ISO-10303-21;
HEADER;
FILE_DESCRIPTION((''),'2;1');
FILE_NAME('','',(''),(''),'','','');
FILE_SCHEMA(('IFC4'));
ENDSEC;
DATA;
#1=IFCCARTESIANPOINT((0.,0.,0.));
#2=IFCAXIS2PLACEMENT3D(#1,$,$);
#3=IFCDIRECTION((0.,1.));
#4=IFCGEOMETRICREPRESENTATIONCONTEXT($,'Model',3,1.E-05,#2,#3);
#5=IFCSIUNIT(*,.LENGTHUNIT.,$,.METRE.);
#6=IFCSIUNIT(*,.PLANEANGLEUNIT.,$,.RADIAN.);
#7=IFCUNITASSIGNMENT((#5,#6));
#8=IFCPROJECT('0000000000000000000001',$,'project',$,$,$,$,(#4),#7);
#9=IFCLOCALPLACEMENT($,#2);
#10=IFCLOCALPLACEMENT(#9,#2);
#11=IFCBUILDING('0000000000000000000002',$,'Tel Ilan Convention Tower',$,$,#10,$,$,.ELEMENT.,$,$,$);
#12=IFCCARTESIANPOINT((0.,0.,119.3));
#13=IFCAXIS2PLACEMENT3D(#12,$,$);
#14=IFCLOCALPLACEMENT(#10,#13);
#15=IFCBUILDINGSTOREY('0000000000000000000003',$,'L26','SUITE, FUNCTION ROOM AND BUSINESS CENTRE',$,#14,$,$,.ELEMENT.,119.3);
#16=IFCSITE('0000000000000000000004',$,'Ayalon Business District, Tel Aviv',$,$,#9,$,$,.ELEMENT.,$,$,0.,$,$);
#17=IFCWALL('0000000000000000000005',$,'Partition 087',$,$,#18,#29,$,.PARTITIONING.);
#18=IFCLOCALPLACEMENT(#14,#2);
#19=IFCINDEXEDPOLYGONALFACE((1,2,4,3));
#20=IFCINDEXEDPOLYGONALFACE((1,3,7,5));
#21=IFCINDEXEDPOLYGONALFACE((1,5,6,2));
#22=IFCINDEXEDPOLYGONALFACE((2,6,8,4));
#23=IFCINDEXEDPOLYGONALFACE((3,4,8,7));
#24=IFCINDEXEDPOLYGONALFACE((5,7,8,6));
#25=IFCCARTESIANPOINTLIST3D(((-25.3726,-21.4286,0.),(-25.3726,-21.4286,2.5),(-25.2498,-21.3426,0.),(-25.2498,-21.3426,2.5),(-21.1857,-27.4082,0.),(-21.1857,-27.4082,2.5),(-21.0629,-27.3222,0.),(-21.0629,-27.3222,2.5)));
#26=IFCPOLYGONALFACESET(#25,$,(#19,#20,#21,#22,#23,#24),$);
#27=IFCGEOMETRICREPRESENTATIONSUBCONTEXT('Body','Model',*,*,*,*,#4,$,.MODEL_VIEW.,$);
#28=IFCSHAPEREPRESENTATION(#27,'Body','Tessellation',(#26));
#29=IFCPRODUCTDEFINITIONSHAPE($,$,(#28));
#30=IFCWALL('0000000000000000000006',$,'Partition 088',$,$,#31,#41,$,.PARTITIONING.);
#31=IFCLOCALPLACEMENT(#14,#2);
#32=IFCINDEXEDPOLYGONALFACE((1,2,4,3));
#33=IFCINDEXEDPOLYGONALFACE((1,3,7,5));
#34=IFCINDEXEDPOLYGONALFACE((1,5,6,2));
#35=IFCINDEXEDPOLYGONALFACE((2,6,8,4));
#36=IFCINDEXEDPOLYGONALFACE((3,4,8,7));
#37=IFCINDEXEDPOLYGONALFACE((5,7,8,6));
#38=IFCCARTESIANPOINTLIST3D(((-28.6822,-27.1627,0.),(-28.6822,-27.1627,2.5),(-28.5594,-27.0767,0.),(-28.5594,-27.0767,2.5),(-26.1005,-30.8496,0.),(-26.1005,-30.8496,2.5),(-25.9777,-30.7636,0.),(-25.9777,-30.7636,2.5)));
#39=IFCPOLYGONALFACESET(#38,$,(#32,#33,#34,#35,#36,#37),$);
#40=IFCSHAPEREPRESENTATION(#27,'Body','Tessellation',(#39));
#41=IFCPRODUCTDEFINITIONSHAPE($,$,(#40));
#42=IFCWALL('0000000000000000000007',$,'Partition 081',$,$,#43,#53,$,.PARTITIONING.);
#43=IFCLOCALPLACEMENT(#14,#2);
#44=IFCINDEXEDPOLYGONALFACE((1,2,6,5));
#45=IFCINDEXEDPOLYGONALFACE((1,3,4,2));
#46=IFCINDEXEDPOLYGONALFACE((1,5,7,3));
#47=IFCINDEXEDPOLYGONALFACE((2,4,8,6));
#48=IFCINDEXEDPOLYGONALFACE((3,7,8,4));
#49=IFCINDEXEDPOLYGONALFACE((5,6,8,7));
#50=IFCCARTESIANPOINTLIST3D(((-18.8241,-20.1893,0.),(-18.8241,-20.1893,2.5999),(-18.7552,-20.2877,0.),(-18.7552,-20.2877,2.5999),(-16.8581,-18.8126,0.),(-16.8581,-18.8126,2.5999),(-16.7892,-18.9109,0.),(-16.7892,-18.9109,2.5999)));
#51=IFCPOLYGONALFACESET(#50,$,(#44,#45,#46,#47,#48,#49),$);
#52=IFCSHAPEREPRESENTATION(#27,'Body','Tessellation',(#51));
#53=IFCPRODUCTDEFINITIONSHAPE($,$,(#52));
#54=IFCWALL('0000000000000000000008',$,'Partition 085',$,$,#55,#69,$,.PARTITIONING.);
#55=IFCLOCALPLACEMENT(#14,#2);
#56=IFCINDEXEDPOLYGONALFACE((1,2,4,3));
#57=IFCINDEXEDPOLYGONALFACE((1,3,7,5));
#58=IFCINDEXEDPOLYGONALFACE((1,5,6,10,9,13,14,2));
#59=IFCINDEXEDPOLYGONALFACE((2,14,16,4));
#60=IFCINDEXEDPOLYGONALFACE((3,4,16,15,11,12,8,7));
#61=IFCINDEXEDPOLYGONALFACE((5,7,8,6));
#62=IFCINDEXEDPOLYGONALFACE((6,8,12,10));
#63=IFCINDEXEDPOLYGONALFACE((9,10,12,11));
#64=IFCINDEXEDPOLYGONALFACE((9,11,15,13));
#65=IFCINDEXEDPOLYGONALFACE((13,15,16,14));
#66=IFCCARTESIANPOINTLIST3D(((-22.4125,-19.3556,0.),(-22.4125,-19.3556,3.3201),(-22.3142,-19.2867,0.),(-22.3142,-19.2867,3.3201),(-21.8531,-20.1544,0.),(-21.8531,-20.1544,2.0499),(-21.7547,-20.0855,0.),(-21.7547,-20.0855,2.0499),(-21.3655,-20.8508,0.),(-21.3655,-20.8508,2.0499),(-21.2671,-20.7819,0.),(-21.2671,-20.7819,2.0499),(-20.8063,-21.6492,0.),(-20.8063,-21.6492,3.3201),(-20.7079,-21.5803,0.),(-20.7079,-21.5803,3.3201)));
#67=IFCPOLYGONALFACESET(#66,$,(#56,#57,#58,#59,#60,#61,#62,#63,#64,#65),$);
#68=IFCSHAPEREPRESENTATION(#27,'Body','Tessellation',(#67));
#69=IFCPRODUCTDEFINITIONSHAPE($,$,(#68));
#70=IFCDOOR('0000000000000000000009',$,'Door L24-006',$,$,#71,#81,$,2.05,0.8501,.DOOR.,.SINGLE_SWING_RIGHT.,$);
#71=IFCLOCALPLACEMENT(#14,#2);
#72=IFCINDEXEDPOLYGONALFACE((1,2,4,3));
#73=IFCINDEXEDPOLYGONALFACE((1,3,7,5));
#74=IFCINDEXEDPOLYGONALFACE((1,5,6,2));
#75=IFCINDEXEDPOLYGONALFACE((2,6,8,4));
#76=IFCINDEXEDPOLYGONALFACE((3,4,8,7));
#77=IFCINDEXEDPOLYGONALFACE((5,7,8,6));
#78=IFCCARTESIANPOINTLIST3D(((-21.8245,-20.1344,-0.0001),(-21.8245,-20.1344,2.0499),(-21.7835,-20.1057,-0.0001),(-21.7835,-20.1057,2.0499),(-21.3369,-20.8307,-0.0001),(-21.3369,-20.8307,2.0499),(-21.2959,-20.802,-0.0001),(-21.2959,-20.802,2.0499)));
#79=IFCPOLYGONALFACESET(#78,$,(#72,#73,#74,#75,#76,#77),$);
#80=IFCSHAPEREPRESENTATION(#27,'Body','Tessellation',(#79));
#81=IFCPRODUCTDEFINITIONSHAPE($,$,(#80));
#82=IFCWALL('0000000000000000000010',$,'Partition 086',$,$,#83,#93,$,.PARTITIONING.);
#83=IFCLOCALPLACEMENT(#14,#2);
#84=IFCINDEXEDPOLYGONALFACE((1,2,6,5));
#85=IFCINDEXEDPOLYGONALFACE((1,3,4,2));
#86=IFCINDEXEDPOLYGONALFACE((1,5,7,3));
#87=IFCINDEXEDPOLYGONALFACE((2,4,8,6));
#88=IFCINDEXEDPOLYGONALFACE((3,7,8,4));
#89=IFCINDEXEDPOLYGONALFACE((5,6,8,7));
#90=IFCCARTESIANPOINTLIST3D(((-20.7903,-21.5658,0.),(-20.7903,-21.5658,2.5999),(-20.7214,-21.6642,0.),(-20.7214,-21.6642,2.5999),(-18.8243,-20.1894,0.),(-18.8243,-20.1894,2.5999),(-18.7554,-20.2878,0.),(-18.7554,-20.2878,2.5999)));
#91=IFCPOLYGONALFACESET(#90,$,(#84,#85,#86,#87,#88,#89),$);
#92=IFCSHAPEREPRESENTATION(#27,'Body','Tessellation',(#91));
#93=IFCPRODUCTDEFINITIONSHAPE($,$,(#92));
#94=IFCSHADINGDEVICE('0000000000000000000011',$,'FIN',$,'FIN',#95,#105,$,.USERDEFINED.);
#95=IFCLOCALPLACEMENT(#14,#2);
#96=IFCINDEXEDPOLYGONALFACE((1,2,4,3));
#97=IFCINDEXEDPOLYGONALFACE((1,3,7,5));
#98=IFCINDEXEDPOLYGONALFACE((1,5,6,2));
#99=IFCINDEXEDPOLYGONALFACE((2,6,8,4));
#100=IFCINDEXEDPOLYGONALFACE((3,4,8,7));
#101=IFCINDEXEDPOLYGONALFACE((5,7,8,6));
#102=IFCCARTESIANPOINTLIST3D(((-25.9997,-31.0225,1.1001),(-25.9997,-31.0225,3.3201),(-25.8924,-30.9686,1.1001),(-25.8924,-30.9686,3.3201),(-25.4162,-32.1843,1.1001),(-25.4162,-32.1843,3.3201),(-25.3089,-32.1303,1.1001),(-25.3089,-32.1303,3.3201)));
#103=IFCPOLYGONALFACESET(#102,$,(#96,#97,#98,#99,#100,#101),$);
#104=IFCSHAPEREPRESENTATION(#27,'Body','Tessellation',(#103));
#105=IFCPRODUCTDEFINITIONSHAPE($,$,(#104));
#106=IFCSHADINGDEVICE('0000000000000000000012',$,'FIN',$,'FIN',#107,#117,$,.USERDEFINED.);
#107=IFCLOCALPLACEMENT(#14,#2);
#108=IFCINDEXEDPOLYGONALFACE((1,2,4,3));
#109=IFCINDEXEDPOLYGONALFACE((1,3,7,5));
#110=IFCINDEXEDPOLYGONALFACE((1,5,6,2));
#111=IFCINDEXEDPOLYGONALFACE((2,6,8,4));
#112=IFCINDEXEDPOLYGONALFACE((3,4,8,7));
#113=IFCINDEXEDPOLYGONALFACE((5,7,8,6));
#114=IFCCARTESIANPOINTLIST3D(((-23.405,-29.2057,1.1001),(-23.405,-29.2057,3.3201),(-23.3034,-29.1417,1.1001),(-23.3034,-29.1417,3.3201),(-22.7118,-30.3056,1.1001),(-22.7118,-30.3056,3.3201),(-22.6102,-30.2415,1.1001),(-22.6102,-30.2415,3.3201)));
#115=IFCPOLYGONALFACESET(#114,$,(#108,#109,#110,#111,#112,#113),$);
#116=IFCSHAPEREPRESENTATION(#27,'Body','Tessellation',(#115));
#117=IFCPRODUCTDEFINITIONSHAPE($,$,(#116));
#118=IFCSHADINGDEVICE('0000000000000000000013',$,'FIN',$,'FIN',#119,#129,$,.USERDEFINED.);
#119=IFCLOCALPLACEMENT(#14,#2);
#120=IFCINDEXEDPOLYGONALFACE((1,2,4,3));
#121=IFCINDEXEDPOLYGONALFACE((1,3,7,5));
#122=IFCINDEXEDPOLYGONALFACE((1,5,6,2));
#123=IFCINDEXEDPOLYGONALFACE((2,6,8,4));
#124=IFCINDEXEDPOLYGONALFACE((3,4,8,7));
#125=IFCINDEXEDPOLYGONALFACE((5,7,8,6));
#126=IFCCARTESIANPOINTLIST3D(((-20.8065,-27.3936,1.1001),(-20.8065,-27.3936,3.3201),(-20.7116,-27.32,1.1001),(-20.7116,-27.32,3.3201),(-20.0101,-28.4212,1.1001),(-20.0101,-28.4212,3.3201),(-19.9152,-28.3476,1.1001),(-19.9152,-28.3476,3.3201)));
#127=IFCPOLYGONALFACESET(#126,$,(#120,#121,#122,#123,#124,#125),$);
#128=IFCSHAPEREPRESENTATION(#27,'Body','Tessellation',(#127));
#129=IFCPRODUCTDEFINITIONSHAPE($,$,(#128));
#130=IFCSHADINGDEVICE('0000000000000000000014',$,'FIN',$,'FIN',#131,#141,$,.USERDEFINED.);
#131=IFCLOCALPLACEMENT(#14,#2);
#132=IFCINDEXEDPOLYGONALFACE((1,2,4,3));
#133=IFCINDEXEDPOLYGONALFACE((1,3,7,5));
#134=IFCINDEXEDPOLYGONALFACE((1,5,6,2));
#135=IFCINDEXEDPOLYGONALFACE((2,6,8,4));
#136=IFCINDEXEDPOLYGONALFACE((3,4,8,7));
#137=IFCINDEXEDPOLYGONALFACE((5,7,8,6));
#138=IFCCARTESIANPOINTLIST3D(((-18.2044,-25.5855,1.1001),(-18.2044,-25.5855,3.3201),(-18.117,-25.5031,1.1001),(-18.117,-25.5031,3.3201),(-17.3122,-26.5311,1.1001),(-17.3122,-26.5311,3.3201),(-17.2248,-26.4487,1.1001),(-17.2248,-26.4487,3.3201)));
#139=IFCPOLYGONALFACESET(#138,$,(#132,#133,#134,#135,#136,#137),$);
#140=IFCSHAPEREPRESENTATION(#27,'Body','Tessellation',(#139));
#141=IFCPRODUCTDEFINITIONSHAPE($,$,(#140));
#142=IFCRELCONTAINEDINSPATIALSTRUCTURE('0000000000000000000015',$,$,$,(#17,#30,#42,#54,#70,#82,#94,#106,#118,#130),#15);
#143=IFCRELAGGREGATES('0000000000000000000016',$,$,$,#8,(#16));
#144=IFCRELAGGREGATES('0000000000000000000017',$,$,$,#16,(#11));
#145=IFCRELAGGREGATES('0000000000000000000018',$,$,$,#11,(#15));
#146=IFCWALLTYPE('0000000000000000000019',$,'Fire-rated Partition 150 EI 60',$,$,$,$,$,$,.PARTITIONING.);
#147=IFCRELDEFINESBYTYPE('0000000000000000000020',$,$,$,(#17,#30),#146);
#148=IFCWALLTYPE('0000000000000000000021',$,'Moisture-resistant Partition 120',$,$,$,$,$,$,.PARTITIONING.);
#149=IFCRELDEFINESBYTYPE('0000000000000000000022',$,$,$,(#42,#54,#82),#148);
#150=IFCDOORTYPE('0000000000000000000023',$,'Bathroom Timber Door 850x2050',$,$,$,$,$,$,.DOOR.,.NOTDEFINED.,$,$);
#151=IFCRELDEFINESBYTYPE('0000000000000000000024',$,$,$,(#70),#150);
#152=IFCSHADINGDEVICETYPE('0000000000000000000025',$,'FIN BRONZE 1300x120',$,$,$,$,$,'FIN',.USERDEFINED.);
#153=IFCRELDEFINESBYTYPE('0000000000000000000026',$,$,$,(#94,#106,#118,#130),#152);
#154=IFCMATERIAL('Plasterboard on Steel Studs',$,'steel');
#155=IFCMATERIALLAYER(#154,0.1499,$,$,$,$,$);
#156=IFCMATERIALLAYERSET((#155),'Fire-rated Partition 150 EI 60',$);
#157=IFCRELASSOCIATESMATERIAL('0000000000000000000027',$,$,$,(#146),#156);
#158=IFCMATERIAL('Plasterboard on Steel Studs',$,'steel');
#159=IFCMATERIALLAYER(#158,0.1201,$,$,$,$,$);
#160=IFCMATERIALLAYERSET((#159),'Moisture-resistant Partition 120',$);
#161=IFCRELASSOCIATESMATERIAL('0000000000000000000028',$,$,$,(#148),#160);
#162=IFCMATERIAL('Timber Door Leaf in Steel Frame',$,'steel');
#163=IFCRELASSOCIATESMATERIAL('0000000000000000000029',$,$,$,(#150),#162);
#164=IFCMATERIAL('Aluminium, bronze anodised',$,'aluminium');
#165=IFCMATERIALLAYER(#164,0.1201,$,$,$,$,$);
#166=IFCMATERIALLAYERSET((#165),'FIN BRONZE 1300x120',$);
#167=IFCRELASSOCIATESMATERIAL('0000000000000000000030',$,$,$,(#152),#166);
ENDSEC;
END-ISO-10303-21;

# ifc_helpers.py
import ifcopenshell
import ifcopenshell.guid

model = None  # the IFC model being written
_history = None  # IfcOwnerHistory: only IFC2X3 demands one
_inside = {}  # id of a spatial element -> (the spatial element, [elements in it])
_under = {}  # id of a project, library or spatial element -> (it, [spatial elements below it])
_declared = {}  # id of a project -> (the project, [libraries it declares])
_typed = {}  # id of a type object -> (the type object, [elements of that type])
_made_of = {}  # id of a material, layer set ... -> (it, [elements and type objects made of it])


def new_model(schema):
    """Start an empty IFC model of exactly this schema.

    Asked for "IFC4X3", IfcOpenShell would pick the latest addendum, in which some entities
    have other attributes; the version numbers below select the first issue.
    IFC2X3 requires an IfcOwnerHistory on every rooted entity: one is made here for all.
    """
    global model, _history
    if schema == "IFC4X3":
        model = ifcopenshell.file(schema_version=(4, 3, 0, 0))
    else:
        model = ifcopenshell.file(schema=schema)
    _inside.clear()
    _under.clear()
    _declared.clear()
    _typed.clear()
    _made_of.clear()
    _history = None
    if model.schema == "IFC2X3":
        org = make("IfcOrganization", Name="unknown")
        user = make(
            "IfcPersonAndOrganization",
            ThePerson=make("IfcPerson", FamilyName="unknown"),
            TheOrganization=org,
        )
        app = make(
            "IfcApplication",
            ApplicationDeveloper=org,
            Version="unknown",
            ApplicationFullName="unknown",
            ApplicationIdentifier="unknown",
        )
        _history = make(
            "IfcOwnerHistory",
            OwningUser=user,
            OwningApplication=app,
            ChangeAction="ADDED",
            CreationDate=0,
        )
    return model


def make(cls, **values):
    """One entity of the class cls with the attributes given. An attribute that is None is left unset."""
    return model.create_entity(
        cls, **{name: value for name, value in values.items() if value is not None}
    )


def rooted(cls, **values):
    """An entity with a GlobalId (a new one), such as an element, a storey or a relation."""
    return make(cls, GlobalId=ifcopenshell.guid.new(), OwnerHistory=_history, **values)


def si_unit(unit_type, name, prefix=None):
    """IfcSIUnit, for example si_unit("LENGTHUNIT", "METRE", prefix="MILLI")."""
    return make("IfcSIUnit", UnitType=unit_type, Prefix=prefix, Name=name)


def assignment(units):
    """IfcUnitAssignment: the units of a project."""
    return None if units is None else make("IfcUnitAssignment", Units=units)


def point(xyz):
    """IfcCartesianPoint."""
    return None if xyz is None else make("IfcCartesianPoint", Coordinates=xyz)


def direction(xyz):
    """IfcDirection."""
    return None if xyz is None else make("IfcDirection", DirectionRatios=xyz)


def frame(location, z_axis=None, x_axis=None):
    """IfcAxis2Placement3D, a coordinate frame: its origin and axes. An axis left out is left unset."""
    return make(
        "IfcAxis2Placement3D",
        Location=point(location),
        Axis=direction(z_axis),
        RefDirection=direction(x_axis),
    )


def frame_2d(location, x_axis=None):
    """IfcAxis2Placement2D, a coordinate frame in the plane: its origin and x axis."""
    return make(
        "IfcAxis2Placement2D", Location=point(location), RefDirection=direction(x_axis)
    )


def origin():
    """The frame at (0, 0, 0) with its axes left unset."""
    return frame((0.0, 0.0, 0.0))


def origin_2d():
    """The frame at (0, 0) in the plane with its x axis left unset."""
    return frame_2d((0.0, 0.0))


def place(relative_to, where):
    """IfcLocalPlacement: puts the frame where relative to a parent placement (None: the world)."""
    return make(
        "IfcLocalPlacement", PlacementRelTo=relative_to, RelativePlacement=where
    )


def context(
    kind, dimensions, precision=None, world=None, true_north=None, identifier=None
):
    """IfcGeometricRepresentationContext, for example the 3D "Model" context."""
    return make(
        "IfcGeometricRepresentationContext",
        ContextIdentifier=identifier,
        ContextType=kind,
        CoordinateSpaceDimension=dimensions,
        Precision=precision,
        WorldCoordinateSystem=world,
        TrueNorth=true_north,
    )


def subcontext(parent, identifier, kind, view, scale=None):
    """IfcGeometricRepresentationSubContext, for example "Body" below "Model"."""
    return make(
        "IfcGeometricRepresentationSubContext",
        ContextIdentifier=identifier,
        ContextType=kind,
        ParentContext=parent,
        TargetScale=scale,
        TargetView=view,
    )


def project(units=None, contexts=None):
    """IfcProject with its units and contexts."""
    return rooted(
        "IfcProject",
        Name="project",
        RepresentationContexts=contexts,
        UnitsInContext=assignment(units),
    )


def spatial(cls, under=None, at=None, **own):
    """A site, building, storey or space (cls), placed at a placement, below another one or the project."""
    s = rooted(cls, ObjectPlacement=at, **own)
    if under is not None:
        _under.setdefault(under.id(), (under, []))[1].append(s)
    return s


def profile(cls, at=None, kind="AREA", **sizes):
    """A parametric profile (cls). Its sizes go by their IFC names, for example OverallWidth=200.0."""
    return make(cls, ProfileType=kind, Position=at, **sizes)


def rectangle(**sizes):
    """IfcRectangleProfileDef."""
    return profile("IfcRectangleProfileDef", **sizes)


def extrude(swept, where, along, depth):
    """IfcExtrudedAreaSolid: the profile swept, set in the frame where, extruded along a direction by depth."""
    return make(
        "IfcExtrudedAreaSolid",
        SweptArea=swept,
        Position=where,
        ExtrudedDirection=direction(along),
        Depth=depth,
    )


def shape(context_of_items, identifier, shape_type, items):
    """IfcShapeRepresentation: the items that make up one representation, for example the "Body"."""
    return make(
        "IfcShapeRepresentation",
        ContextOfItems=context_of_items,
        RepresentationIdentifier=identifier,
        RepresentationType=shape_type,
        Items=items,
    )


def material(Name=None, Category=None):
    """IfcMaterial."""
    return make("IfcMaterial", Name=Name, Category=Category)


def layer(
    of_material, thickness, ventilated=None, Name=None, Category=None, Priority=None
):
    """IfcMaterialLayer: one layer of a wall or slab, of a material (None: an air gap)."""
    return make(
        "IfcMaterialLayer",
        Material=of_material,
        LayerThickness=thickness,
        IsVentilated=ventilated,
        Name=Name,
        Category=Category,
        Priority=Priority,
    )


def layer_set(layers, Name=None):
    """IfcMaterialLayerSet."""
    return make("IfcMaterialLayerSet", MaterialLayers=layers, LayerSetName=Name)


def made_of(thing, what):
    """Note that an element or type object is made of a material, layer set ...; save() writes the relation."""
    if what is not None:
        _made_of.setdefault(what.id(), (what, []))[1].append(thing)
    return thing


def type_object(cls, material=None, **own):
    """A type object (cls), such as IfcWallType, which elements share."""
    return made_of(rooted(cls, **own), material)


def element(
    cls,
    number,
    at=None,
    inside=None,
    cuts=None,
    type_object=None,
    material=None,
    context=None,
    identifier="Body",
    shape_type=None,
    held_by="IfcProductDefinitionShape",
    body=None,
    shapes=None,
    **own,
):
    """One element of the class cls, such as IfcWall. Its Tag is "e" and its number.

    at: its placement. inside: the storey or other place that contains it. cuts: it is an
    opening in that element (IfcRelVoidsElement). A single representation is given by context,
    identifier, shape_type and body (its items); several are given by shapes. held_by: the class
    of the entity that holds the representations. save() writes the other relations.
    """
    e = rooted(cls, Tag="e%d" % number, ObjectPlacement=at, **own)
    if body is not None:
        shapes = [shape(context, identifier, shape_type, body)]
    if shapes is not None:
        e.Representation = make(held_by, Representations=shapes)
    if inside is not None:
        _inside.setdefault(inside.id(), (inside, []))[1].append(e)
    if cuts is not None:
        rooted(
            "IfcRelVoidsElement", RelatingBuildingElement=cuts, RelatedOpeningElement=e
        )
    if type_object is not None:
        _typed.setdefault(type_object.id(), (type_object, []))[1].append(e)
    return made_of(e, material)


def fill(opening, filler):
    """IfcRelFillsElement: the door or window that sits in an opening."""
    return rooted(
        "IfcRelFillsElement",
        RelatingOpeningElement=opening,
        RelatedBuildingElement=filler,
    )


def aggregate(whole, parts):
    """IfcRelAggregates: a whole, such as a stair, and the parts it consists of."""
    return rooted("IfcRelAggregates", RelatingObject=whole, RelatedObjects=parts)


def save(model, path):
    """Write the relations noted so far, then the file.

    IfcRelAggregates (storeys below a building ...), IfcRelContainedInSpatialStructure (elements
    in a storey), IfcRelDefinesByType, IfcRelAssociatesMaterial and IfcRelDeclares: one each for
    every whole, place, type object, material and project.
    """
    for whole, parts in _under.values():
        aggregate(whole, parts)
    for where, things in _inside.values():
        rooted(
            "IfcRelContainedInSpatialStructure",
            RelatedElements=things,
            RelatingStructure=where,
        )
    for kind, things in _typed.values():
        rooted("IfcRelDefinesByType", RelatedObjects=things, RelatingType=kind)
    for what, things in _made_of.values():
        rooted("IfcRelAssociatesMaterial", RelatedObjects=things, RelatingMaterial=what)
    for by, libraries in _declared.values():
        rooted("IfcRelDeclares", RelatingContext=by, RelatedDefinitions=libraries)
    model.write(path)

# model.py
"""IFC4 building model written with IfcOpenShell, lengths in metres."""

from ifc_helpers import new_model, si_unit, direction, frame, frame_2d, origin, origin_2d, place, context, subcontext, project, spatial, rectangle, extrude, material, layer, layer_set, type_object, element, fill, save


model = new_model("IFC4")

# Units and contexts
model_context = context("Model", 3, precision=1e-05, world=origin(), true_north=direction((0.0, 1.0)))
body_context = subcontext(model_context, "Body", "Model", "MODEL_VIEW")
ifc_project = project(units=[si_unit("LENGTHUNIT", "METRE"), si_unit("PLANEANGLEUNIT", "RADIAN")], contexts=[model_context])

# Site, building, storey
site_placement = place(None, origin())
site = spatial("IfcSite", under=ifc_project, at=site_placement, Name="Ayalon Business District, Tel Aviv", CompositionType="ELEMENT", RefElevation=0.0)
building_placement = place(site_placement, origin())
building = spatial("IfcBuilding", under=site, at=building_placement, Name="Tel Ilan Convention Tower", CompositionType="ELEMENT")
storey_placement = place(building_placement, frame((0.0, 0.0, 119.3)))
storey = spatial("IfcBuildingStorey", under=building, at=storey_placement, Name="L26", Description="SUITE, FUNCTION ROOM AND BUSINESS CENTRE", CompositionType="ELEMENT", Elevation=119.3)

# Shared definitions
ifc_material_1 = material(Name="Plasterboard on Steel Studs", Category="steel")
ifc_layer_1 = layer(ifc_material_1, 0.1499)
ifc_layer_set_1 = layer_set([ifc_layer_1], Name="Fire-rated Partition 150 EI 60")
wall_type_1 = type_object("IfcWallType", Name="Fire-rated Partition 150 EI 60", PredefinedType="PARTITIONING", material=ifc_layer_set_1)

# Walls
wall_1_placement = place(storey_placement, frame((-21.1243, -27.3652, 0.0), z_axis=(0.0, 0.0, 1.0), x_axis=(-0.573572, 0.819155, 0.0)))
element("IfcWall", 1, at=wall_1_placement, inside=storey, type_object=wall_type_1, Name="Partition 087", PredefinedType="PARTITIONING", context=body_context, shape_type="SweptSolid", body=[
    extrude(rectangle(XDim=7.2998, YDim=0.1499, at=frame_2d((3.6499, 0.0))), origin(), (0.0, 0.0, 1.0), 2.5),
])
wall_2_placement = place(storey_placement, frame((-26.0391, -30.8066, 0.0), z_axis=(0.0, 0.0, 1.0), x_axis=(-0.573593, 0.81914, 0.0)))
element("IfcWall", 2, at=wall_2_placement, inside=storey, type_object=wall_type_1, Name="Partition 088", PredefinedType="PARTITIONING", context=body_context, shape_type="SweptSolid", body=[
    extrude(rectangle(XDim=4.501, YDim=0.1499, at=frame_2d((2.2505, 0.0))), origin(), (0.0, 0.0, 1.0), 2.5),
])
ifc_material_2 = material(Name="Plasterboard on Steel Studs", Category="steel")
ifc_layer_2 = layer(ifc_material_2, 0.1201)
ifc_layer_set_2 = layer_set([ifc_layer_2], Name="Moisture-resistant Partition 120")
wall_type_2 = type_object("IfcWallType", Name="Moisture-resistant Partition 120", PredefinedType="PARTITIONING", material=ifc_layer_set_2)
wall_3_placement = place(storey_placement, frame((-18.7898, -20.2385, 0.0), z_axis=(0.0, 0.0, 1.0), x_axis=(0.819141, 0.573592, 0.0)))
element("IfcWall", 3, at=wall_3_placement, inside=storey, type_object=wall_type_2, Name="Partition 081", PredefinedType="PARTITIONING", context=body_context, shape_type="SweptSolid", body=[
    extrude(rectangle(XDim=2.4001, YDim=0.1201, at=frame_2d((1.2002, 0.0))), origin(), (0.0, 0.0, 1.0), 2.5999),
])

# Wall, opening, door
wall_4_placement = place(storey_placement, frame((-22.3633, -19.3213, 0.0), z_axis=(0.0, 0.0, 1.0), x_axis=(0.57365, -0.819101, 0.0)))
wall_4 = element("IfcWall", 4, at=wall_4_placement, inside=storey, type_object=wall_type_2, Name="Partition 085", PredefinedType="PARTITIONING", context=body_context, shape_type="SweptSolid", body=[
    extrude(rectangle(XDim=2.8, YDim=0.1201, at=frame_2d((1.3999, 0.0))), origin(), (0.0, 0.0, 1.0), 3.3201),
])
opening_1_placement = place(wall_4_placement, frame((0.9751, 0.0, 0.0)))
opening_1 = element("IfcOpeningElement", 5, at=opening_1_placement, cuts=wall_4, PredefinedType="OPENING", context=body_context, shape_type="SweptSolid", body=[
    extrude(rectangle(XDim=0.8501, YDim=2.05, at=frame_2d((0.425, 1.0249))), frame((0.0, 0.0701, 0.0), z_axis=(0.0, -1.0, 0.0), x_axis=(1.0, 0.0, 0.0)), (0.0, 0.0, 1.0), 0.1401),
])
ifc_material_3 = material(Name="Timber Door Leaf in Steel Frame", Category="steel")
door_type_1 = type_object("IfcDoorType", Name="Bathroom Timber Door 850x2050", OperationType="NOTDEFINED", PredefinedType="DOOR", material=ifc_material_3)
door_1_placement = place(opening_1_placement, origin())
door_1 = element("IfcDoor", 6, at=door_1_placement, inside=storey, type_object=door_type_1, Name="Door L24-006", OperationType="SINGLE_SWING_RIGHT", OverallHeight=2.05, OverallWidth=0.8501, PredefinedType="DOOR", context=body_context, shape_type="SweptSolid", body=[
    extrude(rectangle(XDim=0.8501, YDim=2.05, at=frame_2d((0.425, 1.0249))), frame((0.0, 0.0249, 0.0), z_axis=(0.0, -1.0, 0.0), x_axis=(1.0, 0.0, 0.0)), (0.0, 0.0, 1.0), 0.05),
])
fill(opening_1, door_1)

# Wall
wall_5_placement = place(storey_placement, frame((-20.7559, -21.615, 0.0), z_axis=(0.0, 0.0, 1.0), x_axis=(0.819189, 0.573524, 0.0)))
element("IfcWall", 7, at=wall_5_placement, inside=storey, type_object=wall_type_2, Name="Partition 086", PredefinedType="PARTITIONING", context=body_context, shape_type="SweptSolid", body=[
    extrude(rectangle(XDim=2.3999, YDim=0.1201, at=frame_2d((1.2, 0.0))), origin(), (0.0, 0.0, 1.0), 2.5999),
])

# Shading devices
ifc_material_4 = material(Name="Aluminium, bronze anodised", Category="aluminium")
ifc_layer_3 = layer(ifc_material_4, 0.1201)
ifc_layer_set_3 = layer_set([ifc_layer_3], Name="FIN BRONZE 1300x120")
shading_device_type = type_object("IfcShadingDeviceType", Name="FIN BRONZE 1300x120", ElementType="FIN", PredefinedType="USERDEFINED", material=ifc_layer_set_3)
for number, where, z_axis, x_axis, name in (
    (8, (-25.6543, -31.5764, 1.1001), (0.0, 0.0, 1.0), (0.448799, -0.893633, 0.0), "FIN"),
    (9, (-23.0076, -29.7236, 1.1001), (0.0, 0.0, 1.0), (0.533204, -0.845986, 0.0), "FIN"),
    (10, (-20.3608, -27.8706, 1.1001), (0.0, 0.0, 1.0), (0.612601, -0.790393, 0.0), "FIN"),
    (11, (-17.7146, -26.0171, 1.1001), (0.0, 0.0, 1.0), (0.686242, -0.727374, 0.0), "FIN"),
):
    element("IfcShadingDevice", number, at=place(storey_placement, frame(where, z_axis=z_axis, x_axis=x_axis)), inside=storey, type_object=shading_device_type, Name=name, ObjectType="FIN", PredefinedType="USERDEFINED", context=body_context, shape_type="SweptSolid", body=[
        extrude(rectangle(XDim=1.3, YDim=0.1201, at=origin_2d()), origin(), (0.0, 0.0, 1.0), 2.22),
    ])

save(model, "model.ifc")
